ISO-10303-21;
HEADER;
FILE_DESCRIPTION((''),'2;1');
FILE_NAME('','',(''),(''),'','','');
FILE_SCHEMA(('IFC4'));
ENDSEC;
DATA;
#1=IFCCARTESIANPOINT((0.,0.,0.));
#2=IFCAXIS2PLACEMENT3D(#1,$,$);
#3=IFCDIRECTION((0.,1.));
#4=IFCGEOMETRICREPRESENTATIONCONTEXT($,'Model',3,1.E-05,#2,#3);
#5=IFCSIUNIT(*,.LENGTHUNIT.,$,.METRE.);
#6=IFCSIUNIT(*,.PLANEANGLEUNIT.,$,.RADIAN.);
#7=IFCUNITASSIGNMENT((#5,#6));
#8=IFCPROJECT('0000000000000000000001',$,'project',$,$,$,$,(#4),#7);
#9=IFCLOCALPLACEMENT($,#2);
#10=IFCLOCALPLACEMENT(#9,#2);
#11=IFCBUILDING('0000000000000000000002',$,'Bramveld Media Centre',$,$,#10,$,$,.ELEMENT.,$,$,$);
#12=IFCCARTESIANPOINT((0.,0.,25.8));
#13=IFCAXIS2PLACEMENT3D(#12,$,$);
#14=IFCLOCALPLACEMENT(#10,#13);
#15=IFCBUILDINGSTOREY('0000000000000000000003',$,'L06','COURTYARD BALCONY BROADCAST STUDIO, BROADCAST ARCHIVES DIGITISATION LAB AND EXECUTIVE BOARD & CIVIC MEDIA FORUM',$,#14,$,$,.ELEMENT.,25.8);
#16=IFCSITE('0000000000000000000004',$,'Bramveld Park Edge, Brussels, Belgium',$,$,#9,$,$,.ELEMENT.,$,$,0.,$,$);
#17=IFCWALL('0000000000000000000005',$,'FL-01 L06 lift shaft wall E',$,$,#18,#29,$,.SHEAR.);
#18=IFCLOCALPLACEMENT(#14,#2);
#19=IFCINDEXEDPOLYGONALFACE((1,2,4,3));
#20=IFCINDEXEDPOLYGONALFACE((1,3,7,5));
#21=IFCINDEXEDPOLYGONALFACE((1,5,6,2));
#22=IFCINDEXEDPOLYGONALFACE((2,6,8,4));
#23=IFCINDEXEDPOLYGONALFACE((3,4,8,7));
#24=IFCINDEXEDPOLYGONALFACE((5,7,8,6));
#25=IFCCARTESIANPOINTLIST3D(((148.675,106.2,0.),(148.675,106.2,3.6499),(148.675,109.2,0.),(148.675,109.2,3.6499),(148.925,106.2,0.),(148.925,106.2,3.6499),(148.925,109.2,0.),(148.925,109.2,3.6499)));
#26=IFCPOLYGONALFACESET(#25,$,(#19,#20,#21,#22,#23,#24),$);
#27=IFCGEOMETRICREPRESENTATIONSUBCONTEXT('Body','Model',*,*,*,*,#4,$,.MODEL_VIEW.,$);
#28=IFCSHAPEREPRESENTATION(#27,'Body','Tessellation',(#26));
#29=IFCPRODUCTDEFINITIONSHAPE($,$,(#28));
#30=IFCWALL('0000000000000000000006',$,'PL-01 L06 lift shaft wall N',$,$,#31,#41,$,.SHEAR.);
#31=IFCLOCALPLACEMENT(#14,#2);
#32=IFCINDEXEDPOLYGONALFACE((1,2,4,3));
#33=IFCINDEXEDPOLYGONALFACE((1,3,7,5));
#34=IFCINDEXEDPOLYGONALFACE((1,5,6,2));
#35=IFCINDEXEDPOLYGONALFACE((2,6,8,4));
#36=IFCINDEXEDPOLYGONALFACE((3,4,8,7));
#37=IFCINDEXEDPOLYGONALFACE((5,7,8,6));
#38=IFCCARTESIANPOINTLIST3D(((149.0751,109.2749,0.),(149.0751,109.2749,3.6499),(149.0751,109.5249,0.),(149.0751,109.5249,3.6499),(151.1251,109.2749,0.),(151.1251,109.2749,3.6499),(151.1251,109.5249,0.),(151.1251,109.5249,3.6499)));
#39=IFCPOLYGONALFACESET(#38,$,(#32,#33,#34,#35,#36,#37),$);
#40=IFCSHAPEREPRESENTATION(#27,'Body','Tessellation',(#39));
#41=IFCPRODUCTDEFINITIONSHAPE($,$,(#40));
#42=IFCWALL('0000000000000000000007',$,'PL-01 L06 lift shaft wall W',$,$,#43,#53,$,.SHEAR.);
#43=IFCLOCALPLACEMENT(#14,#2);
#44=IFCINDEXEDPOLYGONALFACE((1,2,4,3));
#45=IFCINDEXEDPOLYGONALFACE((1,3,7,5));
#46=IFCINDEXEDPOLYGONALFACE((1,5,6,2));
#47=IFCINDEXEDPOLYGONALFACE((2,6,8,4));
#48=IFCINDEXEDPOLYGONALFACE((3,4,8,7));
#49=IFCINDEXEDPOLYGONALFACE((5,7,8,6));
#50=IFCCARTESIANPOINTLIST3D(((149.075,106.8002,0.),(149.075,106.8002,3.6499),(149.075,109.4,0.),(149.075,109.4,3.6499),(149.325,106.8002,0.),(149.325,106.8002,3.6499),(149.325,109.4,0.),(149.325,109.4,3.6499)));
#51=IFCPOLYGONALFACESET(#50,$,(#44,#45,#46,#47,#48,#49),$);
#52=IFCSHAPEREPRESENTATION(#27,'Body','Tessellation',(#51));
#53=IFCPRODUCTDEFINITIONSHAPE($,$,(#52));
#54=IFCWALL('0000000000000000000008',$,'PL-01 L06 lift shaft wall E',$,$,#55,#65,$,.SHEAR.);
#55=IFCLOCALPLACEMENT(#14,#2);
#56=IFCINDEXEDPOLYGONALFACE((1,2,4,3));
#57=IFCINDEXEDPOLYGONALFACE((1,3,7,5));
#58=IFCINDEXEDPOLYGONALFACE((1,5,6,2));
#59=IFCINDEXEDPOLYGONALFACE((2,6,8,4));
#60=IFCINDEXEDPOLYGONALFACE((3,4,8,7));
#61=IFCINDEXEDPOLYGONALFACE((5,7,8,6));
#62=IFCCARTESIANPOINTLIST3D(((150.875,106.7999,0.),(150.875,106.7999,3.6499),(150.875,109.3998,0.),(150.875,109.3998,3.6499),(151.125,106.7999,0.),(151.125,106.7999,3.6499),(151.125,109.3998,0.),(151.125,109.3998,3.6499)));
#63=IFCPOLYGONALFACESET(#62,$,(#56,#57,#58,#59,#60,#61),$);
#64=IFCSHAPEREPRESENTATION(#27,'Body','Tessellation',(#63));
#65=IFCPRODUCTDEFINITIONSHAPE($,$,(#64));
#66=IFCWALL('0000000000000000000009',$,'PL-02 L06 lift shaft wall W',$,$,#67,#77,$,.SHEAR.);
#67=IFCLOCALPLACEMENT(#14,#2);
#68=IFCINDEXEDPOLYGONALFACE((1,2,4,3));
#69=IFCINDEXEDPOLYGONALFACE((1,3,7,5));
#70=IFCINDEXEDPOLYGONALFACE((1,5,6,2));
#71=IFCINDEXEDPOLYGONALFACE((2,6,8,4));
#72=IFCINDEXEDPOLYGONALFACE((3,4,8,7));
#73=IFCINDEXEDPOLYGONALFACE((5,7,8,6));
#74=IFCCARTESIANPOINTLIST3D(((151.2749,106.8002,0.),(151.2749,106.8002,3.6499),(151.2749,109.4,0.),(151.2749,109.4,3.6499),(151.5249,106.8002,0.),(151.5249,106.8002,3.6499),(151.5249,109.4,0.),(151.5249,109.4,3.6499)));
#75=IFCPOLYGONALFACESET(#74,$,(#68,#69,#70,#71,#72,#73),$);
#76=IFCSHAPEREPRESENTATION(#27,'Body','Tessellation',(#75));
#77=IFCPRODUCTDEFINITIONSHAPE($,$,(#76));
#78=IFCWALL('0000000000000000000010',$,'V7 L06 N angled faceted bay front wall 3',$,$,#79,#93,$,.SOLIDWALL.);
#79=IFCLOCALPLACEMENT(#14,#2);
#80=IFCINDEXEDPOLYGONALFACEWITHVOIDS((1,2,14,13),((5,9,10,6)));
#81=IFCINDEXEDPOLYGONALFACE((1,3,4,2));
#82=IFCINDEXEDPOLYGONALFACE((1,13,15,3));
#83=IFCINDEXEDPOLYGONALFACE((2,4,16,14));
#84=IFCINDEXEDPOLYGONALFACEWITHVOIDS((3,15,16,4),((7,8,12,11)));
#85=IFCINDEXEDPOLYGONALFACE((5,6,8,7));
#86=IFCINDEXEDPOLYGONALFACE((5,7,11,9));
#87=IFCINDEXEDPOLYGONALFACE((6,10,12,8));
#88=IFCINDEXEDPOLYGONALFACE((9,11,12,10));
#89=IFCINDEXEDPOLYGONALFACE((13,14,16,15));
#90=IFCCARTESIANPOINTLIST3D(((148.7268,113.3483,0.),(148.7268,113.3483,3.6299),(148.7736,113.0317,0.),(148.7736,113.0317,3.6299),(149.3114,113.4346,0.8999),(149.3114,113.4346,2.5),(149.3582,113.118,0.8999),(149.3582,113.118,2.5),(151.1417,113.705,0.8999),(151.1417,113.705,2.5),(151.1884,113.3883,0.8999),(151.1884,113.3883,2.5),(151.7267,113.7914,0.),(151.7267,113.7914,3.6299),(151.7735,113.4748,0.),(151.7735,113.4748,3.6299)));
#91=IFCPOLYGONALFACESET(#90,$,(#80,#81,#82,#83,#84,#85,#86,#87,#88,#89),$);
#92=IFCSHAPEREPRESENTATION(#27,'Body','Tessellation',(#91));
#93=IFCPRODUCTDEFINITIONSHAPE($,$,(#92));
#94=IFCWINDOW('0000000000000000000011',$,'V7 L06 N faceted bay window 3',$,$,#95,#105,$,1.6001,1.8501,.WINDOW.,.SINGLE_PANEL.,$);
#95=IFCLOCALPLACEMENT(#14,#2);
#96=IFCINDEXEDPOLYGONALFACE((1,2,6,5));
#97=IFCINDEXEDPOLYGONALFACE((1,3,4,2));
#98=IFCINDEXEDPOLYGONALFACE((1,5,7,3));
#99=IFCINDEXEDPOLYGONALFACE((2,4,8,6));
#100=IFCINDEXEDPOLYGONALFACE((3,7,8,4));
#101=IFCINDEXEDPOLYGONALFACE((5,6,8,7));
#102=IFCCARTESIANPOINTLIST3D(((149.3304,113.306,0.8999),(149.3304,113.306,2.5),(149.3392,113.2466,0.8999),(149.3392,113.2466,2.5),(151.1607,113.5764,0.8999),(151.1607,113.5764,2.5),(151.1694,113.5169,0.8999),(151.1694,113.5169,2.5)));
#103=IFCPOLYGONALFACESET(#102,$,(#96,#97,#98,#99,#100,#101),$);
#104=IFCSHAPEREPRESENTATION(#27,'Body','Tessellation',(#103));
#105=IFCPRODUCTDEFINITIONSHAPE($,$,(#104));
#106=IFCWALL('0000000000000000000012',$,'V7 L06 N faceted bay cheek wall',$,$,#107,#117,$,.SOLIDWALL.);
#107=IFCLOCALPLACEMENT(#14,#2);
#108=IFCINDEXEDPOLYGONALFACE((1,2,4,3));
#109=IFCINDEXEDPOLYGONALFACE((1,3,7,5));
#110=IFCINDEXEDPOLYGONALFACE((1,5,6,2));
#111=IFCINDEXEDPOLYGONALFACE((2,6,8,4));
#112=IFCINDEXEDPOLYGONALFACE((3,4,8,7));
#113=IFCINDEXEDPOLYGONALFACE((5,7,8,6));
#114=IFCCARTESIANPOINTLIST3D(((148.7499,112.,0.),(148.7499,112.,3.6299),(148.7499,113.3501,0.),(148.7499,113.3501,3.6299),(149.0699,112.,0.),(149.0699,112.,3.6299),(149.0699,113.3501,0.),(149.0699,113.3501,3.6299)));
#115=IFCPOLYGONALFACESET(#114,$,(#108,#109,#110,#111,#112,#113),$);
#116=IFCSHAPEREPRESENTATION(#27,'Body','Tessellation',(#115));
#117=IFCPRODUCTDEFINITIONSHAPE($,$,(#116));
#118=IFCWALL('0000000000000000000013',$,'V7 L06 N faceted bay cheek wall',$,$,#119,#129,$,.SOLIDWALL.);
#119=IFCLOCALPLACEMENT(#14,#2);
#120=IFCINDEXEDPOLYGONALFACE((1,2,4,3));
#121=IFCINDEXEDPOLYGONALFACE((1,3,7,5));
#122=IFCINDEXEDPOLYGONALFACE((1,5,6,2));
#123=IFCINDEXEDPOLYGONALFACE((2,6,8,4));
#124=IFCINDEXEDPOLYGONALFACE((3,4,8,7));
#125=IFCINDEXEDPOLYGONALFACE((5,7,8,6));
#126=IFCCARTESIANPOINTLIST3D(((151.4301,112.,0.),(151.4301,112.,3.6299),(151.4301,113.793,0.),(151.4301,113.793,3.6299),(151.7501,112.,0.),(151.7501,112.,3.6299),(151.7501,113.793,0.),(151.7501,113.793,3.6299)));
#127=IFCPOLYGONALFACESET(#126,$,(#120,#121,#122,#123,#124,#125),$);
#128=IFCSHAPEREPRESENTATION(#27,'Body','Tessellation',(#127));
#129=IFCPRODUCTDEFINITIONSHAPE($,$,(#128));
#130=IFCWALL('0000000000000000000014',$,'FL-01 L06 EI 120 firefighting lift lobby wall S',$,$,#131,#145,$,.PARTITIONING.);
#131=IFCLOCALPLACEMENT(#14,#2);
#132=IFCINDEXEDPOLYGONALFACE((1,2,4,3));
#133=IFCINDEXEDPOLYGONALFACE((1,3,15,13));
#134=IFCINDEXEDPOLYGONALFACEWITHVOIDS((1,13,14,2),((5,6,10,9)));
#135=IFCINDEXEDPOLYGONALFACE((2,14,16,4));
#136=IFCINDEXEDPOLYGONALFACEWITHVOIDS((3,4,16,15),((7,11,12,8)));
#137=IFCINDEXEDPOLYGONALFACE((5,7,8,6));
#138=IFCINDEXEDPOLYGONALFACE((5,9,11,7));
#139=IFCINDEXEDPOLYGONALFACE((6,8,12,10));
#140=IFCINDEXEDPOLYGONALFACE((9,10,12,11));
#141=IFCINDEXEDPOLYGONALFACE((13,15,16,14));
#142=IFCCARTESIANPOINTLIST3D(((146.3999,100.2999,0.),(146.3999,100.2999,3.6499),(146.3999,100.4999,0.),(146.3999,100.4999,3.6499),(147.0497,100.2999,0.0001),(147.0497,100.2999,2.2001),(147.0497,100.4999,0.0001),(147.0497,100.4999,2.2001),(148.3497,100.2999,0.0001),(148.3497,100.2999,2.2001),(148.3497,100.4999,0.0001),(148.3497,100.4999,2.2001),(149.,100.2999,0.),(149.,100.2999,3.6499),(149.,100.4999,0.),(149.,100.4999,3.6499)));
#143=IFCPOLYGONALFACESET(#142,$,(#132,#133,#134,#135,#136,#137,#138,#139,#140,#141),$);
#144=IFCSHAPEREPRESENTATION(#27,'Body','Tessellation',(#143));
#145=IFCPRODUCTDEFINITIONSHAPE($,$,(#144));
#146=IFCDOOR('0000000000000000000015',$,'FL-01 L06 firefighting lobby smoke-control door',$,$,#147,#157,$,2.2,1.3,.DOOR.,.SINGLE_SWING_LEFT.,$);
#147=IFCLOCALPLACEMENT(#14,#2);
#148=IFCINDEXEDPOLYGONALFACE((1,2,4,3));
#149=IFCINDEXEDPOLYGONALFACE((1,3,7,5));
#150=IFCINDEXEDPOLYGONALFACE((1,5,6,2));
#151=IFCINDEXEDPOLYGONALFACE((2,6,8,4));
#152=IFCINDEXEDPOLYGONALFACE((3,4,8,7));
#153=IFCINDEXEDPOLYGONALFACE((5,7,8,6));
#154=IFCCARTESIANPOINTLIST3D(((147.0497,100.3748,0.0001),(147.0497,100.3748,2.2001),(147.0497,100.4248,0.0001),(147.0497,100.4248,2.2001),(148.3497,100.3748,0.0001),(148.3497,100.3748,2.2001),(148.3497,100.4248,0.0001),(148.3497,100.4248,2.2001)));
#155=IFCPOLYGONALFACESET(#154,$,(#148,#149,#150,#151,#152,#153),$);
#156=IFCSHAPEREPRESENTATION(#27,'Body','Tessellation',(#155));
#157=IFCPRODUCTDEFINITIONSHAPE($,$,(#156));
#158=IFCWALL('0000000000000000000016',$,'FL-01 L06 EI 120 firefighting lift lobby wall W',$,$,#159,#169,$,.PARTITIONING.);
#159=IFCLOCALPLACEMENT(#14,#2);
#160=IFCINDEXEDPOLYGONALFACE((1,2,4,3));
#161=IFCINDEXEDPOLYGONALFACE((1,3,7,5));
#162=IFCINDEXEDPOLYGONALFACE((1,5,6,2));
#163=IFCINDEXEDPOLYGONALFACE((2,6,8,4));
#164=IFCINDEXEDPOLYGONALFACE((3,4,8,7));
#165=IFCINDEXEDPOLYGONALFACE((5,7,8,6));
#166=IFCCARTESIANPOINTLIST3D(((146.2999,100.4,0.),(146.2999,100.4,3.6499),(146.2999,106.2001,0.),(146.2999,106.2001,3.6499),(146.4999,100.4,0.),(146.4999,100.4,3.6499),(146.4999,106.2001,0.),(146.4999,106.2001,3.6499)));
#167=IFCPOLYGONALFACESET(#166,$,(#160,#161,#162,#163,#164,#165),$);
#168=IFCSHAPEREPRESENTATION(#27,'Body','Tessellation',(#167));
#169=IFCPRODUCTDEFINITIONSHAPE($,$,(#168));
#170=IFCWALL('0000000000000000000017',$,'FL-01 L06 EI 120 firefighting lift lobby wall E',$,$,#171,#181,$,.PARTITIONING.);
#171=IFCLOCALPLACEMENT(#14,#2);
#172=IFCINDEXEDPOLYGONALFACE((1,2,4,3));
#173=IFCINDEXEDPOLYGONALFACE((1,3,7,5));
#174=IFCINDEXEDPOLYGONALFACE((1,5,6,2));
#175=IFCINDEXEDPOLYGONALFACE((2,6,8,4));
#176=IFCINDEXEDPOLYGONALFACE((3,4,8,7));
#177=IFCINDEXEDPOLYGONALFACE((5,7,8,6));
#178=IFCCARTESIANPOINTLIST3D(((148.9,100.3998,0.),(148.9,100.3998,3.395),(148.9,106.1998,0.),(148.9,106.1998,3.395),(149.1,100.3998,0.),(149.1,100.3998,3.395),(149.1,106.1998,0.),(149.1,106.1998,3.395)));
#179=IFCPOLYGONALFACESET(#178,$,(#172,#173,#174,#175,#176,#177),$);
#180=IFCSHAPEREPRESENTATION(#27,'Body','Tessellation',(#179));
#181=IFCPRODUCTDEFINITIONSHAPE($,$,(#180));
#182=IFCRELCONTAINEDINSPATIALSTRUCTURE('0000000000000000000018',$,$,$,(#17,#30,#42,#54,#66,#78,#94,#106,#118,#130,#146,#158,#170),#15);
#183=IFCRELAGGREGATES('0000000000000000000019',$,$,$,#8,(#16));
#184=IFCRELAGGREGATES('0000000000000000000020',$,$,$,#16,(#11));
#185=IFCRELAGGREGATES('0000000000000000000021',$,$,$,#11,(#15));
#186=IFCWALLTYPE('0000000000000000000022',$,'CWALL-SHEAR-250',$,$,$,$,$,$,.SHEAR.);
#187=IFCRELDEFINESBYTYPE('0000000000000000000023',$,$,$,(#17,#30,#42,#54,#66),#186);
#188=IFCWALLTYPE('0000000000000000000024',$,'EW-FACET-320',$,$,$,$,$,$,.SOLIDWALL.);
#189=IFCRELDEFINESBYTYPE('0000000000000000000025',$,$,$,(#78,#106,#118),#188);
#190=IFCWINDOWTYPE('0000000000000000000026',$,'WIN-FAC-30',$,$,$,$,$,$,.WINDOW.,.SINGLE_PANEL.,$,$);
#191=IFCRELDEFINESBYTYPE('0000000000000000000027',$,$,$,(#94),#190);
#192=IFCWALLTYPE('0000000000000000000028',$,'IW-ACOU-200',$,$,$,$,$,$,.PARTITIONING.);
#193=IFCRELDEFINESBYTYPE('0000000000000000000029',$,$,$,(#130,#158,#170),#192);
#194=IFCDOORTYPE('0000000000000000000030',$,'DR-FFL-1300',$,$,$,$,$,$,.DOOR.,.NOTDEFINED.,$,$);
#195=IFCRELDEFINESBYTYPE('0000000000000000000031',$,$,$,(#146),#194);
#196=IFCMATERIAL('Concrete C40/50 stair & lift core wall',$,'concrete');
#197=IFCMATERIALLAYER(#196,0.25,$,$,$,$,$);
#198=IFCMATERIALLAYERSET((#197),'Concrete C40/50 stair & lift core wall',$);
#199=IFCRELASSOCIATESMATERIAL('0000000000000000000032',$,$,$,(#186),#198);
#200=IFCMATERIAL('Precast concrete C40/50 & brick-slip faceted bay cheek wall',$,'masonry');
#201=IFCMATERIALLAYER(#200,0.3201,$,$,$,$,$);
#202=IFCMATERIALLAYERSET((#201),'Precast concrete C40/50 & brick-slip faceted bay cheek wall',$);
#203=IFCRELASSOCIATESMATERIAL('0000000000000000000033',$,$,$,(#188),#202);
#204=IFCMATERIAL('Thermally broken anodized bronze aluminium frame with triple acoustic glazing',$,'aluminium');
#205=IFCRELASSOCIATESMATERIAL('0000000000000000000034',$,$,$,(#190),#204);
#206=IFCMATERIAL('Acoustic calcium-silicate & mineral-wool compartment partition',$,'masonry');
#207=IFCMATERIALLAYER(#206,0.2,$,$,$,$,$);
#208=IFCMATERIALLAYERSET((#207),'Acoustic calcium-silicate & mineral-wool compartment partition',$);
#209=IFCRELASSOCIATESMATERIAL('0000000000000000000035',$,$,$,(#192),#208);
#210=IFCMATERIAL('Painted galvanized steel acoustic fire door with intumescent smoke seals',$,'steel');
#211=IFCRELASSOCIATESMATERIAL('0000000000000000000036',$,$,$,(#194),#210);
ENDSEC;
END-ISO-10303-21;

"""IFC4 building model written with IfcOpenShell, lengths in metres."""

from ifc_helpers import new_model, si_unit, direction, frame, frame_2d, origin, place, context, subcontext, project, spatial, rectangle, extrude, material, layer, layer_set, type_object, element, fill, save


model = new_model("IFC4")

# Units and contexts
model_context = context("Model", 3, precision=1e-05, world=origin(), true_north=direction((0.0, 1.0)))
body_context = subcontext(model_context, "Body", "Model", "MODEL_VIEW")
ifc_project = project(units=[si_unit("LENGTHUNIT", "METRE"), si_unit("PLANEANGLEUNIT", "RADIAN")], contexts=[model_context])

# Site, building, storey
site_placement = place(None, origin())
site = spatial("IfcSite", under=ifc_project, at=site_placement, Name="Bramveld Park Edge, Brussels, Belgium", CompositionType="ELEMENT", RefElevation=0.0)
building_placement = place(site_placement, origin())
building = spatial("IfcBuilding", under=site, at=building_placement, Name="Bramveld Media Centre", CompositionType="ELEMENT")
storey_placement = place(building_placement, frame((0.0, 0.0, 25.8)))
storey = spatial("IfcBuildingStorey", under=building, at=storey_placement, Name="L06", Description="COURTYARD BALCONY BROADCAST STUDIO, BROADCAST ARCHIVES DIGITISATION LAB AND EXECUTIVE BOARD & CIVIC MEDIA FORUM", CompositionType="ELEMENT", Elevation=25.8)

# Shared definitions
ifc_material_1 = material(Name="Concrete C40/50 stair & lift core wall", Category="concrete")
ifc_layer_1 = layer(ifc_material_1, 0.25)
ifc_layer_set_1 = layer_set([ifc_layer_1], Name="Concrete C40/50 stair & lift core wall")
wall_type_1 = type_object("IfcWallType", Name="CWALL-SHEAR-250", PredefinedType="SHEAR", material=ifc_layer_set_1)

# Wall
for number, where, z_axis, x_axis, name in (
    (1, (148.8, 106.2, 0.0), (0.0, 0.0, 1.0), (0.0, 1.0, 0.0), "FL-01 L06 lift shaft wall E"),
):
    element("IfcWall", number, at=place(storey_placement, frame(where, z_axis=z_axis, x_axis=x_axis)), inside=storey, type_object=wall_type_1, Name=name, PredefinedType="SHEAR", context=body_context, shape_type="SweptSolid", body=[
        extrude(rectangle(XDim=3.0, YDim=0.25, at=frame_2d((1.5, 0.0))), origin(), (0.0, 0.0, 1.0), 3.6499),
    ])

# Walls
wall_1_placement = place(storey_placement, frame((151.125, 109.3999, 0.0), z_axis=(0.0, 0.0, 1.0), x_axis=(-1.0, 0.0, 0.0)))
element("IfcWall", 2, at=wall_1_placement, inside=storey, type_object=wall_type_1, Name="PL-01 L06 lift shaft wall N", PredefinedType="SHEAR", context=body_context, shape_type="SweptSolid", body=[
    extrude(rectangle(XDim=2.05, YDim=0.25, at=frame_2d((1.0249, 0.0))), origin(), (0.0, 0.0, 1.0), 3.6499),
])
for number, where, z_axis, x_axis, name in (
    (3, (149.2, 109.3999, 0.0), (0.0, 0.0, 1.0), (0.0, -1.0, 0.0), "PL-01 L06 lift shaft wall W"),
    (4, (151.0, 106.8, 0.0), (0.0, 0.0, 1.0), (0.0, 1.0, 0.0), "PL-01 L06 lift shaft wall E"),
):
    element("IfcWall", number, at=place(storey_placement, frame(where, z_axis=z_axis, x_axis=x_axis)), inside=storey, type_object=wall_type_1, Name=name, PredefinedType="SHEAR", context=body_context, shape_type="SweptSolid", body=[
        extrude(rectangle(XDim=2.5999, YDim=0.25, at=frame_2d((1.2998, 0.0))), origin(), (0.0, 0.0, 1.0), 3.6499),
    ])

# Wall
wall_2_placement = place(storey_placement, frame((151.3999, 109.3999, 0.0), z_axis=(0.0, 0.0, 1.0), x_axis=(0.0, -1.0, 0.0)))
element("IfcWall", 5, at=wall_2_placement, inside=storey, type_object=wall_type_1, Name="PL-02 L06 lift shaft wall W", PredefinedType="SHEAR", context=body_context, shape_type="SweptSolid", body=[
    extrude(rectangle(XDim=2.5999, YDim=0.25, at=frame_2d((1.2998, 0.0))), origin(), (0.0, 0.0, 1.0), 3.6499),
])

# Wall, opening, window
ifc_material_2 = material(Name="Precast concrete C40/50 & brick-slip faceted bay cheek wall", Category="masonry")
ifc_layer_2 = layer(ifc_material_2, 0.3201)
ifc_layer_set_2 = layer_set([ifc_layer_2], Name="Precast concrete C40/50 & brick-slip faceted bay cheek wall")
wall_type_2 = type_object("IfcWallType", Name="EW-FACET-320", PredefinedType="SOLIDWALL", material=ifc_layer_set_2)
wall_3_placement = place(storey_placement, frame((151.75, 113.6331, 0.0), z_axis=(0.0, 0.0, 1.0), x_axis=(-0.989267, -0.14612, 0.0)))
wall_3 = element("IfcWall", 6, at=wall_3_placement, inside=storey, type_object=wall_type_2, Name="V7 L06 N angled faceted bay front wall 3", PredefinedType="SOLIDWALL", context=body_context, shape_type="SweptSolid", body=[
    extrude(rectangle(XDim=3.0325, YDim=0.3201, at=frame_2d((1.5161, 0.0))), origin(), (0.0, 0.0, 1.0), 3.6299),
])
opening_1_placement = place(wall_3_placement, frame((0.5913, 0.0, 0.8999)))
opening_1 = element("IfcOpeningElement", 7, at=opening_1_placement, cuts=wall_3, PredefinedType="OPENING", context=body_context, shape_type="SweptSolid", body=[
    extrude(rectangle(XDim=1.8501, YDim=1.6001, at=frame_2d((0.925, 0.8))), frame((0.0, 0.1719, 0.0), z_axis=(0.0, -1.0, 0.0), x_axis=(1.0, 0.0, 0.0)), (0.0, 0.0, 1.0), 0.344),
])
ifc_material_3 = material(Name="Thermally broken anodized bronze aluminium frame with triple acoustic glazing", Category="aluminium")
window_type = type_object("IfcWindowType", Name="WIN-FAC-30", PartitioningType="SINGLE_PANEL", PredefinedType="WINDOW", material=ifc_material_3)
window_placement = place(opening_1_placement, origin())
window = element("IfcWindow", 8, at=window_placement, inside=storey, type_object=window_type, Name="V7 L06 N faceted bay window 3", OverallHeight=1.6001, OverallWidth=1.8501, PartitioningType="SINGLE_PANEL", PredefinedType="WINDOW", context=body_context, shape_type="SweptSolid", body=[
    extrude(rectangle(XDim=1.8501, YDim=1.6001, at=frame_2d((0.925, 0.8))), frame((0.0, 0.03, 0.0), z_axis=(0.0, -1.0, 0.0), x_axis=(1.0, 0.0, 0.0)), (0.0, 0.0, 1.0), 0.0601),
])
fill(opening_1, window)

# Walls
wall_4_placement = place(storey_placement, frame((148.9099, 112.0, 0.0), z_axis=(0.0, 0.0, 1.0), x_axis=(0.0, 1.0, 0.0)))
element("IfcWall", 9, at=wall_4_placement, inside=storey, type_object=wall_type_2, Name="V7 L06 N faceted bay cheek wall", PredefinedType="SOLIDWALL", context=body_context, shape_type="SweptSolid", body=[
    extrude(rectangle(XDim=1.3501, YDim=0.3201, at=frame_2d((0.675, 0.0))), origin(), (0.0, 0.0, 1.0), 3.6299),
])
wall_5_placement = place(storey_placement, frame((151.5901, 112.0, 0.0), z_axis=(0.0, 0.0, 1.0), x_axis=(0.0, 1.0, 0.0)))
element("IfcWall", 10, at=wall_5_placement, inside=storey, type_object=wall_type_2, Name="V7 L06 N faceted bay cheek wall", PredefinedType="SOLIDWALL", context=body_context, shape_type="SweptSolid", body=[
    extrude(rectangle(XDim=1.793, YDim=0.3201, at=frame_2d((0.8965, 0.0))), origin(), (0.0, 0.0, 1.0), 3.6299),
])

# Wall, opening, door
ifc_material_4 = material(Name="Acoustic calcium-silicate & mineral-wool compartment partition", Category="masonry")
ifc_layer_3 = layer(ifc_material_4, 0.2)
ifc_layer_set_3 = layer_set([ifc_layer_3], Name="Acoustic calcium-silicate & mineral-wool compartment partition")
wall_type_3 = type_object("IfcWallType", Name="IW-ACOU-200", PredefinedType="PARTITIONING", material=ifc_layer_set_3)
wall_6_placement = place(storey_placement, frame((146.3999, 100.3999, 0.0), z_axis=(0.0, 0.0, 1.0), x_axis=(1.0, 0.0, 0.0)))
wall_6 = element("IfcWall", 11, at=wall_6_placement, inside=storey, type_object=wall_type_3, Name="FL-01 L06 EI 120 firefighting lift lobby wall S", PredefinedType="PARTITIONING", context=body_context, shape_type="SweptSolid", body=[
    extrude(rectangle(XDim=2.6001, YDim=0.2, at=frame_2d((1.3, 0.0))), origin(), (0.0, 0.0, 1.0), 3.6499),
])
opening_2_placement = place(wall_6_placement, frame((0.6499, 0.0, 0.0)))
opening_2 = element("IfcOpeningElement", 12, at=opening_2_placement, cuts=wall_6, PredefinedType="OPENING", context=body_context, shape_type="SweptSolid", body=[
    extrude(rectangle(XDim=1.3, YDim=2.2, at=frame_2d((0.6499, 1.1001))), frame((0.0, 0.1118, 0.0), z_axis=(0.0, -1.0, 0.0), x_axis=(1.0, 0.0, 0.0)), (0.0, 0.0, 1.0), 0.2239),
])
ifc_material_5 = material(Name="Painted galvanized steel acoustic fire door with intumescent smoke seals", Category="steel")
door_type_1 = type_object("IfcDoorType", Name="DR-FFL-1300", OperationType="NOTDEFINED", PredefinedType="DOOR", material=ifc_material_5)
door_1_placement = place(opening_2_placement, origin())
door_1 = element("IfcDoor", 13, at=door_1_placement, inside=storey, type_object=door_type_1, Name="FL-01 L06 firefighting lobby smoke-control door", OperationType="SINGLE_SWING_LEFT", OverallHeight=2.2, OverallWidth=1.3, PredefinedType="DOOR", context=body_context, shape_type="SweptSolid", body=[
    extrude(rectangle(XDim=1.3, YDim=2.2, at=frame_2d((0.6499, 1.1001))), frame((0.0, 0.0249, 0.0), z_axis=(0.0, -1.0, 0.0), x_axis=(1.0, 0.0, 0.0)), (0.0, 0.0, 1.0), 0.05),
])
fill(opening_2, door_1)

# Walls
wall_7_placement = place(storey_placement, frame((146.3999, 106.2, 0.0), z_axis=(0.0, 0.0, 1.0), x_axis=(0.0, -1.0, 0.0)))
element("IfcWall", 14, at=wall_7_placement, inside=storey, type_object=wall_type_3, Name="FL-01 L06 EI 120 firefighting lift lobby wall W", PredefinedType="PARTITIONING", context=body_context, shape_type="SweptSolid", body=[
    extrude(rectangle(XDim=5.8, YDim=0.2, at=frame_2d((2.8999, 0.0))), origin(), (0.0, 0.0, 1.0), 3.6499),
])
wall_8_placement = place(storey_placement, frame((149.0, 100.3999, 0.0), z_axis=(0.0, 0.0, 1.0), x_axis=(0.0, 1.0, 0.0)))
element("IfcWall", 15, at=wall_8_placement, inside=storey, type_object=wall_type_3, Name="FL-01 L06 EI 120 firefighting lift lobby wall E", PredefinedType="PARTITIONING", context=body_context, shape_type="SweptSolid", body=[
    extrude(rectangle(XDim=5.8, YDim=0.2, at=frame_2d((2.8999, 0.0))), origin(), (0.0, 0.0, 1.0), 3.395),
])

save(model, "model.ifc")
